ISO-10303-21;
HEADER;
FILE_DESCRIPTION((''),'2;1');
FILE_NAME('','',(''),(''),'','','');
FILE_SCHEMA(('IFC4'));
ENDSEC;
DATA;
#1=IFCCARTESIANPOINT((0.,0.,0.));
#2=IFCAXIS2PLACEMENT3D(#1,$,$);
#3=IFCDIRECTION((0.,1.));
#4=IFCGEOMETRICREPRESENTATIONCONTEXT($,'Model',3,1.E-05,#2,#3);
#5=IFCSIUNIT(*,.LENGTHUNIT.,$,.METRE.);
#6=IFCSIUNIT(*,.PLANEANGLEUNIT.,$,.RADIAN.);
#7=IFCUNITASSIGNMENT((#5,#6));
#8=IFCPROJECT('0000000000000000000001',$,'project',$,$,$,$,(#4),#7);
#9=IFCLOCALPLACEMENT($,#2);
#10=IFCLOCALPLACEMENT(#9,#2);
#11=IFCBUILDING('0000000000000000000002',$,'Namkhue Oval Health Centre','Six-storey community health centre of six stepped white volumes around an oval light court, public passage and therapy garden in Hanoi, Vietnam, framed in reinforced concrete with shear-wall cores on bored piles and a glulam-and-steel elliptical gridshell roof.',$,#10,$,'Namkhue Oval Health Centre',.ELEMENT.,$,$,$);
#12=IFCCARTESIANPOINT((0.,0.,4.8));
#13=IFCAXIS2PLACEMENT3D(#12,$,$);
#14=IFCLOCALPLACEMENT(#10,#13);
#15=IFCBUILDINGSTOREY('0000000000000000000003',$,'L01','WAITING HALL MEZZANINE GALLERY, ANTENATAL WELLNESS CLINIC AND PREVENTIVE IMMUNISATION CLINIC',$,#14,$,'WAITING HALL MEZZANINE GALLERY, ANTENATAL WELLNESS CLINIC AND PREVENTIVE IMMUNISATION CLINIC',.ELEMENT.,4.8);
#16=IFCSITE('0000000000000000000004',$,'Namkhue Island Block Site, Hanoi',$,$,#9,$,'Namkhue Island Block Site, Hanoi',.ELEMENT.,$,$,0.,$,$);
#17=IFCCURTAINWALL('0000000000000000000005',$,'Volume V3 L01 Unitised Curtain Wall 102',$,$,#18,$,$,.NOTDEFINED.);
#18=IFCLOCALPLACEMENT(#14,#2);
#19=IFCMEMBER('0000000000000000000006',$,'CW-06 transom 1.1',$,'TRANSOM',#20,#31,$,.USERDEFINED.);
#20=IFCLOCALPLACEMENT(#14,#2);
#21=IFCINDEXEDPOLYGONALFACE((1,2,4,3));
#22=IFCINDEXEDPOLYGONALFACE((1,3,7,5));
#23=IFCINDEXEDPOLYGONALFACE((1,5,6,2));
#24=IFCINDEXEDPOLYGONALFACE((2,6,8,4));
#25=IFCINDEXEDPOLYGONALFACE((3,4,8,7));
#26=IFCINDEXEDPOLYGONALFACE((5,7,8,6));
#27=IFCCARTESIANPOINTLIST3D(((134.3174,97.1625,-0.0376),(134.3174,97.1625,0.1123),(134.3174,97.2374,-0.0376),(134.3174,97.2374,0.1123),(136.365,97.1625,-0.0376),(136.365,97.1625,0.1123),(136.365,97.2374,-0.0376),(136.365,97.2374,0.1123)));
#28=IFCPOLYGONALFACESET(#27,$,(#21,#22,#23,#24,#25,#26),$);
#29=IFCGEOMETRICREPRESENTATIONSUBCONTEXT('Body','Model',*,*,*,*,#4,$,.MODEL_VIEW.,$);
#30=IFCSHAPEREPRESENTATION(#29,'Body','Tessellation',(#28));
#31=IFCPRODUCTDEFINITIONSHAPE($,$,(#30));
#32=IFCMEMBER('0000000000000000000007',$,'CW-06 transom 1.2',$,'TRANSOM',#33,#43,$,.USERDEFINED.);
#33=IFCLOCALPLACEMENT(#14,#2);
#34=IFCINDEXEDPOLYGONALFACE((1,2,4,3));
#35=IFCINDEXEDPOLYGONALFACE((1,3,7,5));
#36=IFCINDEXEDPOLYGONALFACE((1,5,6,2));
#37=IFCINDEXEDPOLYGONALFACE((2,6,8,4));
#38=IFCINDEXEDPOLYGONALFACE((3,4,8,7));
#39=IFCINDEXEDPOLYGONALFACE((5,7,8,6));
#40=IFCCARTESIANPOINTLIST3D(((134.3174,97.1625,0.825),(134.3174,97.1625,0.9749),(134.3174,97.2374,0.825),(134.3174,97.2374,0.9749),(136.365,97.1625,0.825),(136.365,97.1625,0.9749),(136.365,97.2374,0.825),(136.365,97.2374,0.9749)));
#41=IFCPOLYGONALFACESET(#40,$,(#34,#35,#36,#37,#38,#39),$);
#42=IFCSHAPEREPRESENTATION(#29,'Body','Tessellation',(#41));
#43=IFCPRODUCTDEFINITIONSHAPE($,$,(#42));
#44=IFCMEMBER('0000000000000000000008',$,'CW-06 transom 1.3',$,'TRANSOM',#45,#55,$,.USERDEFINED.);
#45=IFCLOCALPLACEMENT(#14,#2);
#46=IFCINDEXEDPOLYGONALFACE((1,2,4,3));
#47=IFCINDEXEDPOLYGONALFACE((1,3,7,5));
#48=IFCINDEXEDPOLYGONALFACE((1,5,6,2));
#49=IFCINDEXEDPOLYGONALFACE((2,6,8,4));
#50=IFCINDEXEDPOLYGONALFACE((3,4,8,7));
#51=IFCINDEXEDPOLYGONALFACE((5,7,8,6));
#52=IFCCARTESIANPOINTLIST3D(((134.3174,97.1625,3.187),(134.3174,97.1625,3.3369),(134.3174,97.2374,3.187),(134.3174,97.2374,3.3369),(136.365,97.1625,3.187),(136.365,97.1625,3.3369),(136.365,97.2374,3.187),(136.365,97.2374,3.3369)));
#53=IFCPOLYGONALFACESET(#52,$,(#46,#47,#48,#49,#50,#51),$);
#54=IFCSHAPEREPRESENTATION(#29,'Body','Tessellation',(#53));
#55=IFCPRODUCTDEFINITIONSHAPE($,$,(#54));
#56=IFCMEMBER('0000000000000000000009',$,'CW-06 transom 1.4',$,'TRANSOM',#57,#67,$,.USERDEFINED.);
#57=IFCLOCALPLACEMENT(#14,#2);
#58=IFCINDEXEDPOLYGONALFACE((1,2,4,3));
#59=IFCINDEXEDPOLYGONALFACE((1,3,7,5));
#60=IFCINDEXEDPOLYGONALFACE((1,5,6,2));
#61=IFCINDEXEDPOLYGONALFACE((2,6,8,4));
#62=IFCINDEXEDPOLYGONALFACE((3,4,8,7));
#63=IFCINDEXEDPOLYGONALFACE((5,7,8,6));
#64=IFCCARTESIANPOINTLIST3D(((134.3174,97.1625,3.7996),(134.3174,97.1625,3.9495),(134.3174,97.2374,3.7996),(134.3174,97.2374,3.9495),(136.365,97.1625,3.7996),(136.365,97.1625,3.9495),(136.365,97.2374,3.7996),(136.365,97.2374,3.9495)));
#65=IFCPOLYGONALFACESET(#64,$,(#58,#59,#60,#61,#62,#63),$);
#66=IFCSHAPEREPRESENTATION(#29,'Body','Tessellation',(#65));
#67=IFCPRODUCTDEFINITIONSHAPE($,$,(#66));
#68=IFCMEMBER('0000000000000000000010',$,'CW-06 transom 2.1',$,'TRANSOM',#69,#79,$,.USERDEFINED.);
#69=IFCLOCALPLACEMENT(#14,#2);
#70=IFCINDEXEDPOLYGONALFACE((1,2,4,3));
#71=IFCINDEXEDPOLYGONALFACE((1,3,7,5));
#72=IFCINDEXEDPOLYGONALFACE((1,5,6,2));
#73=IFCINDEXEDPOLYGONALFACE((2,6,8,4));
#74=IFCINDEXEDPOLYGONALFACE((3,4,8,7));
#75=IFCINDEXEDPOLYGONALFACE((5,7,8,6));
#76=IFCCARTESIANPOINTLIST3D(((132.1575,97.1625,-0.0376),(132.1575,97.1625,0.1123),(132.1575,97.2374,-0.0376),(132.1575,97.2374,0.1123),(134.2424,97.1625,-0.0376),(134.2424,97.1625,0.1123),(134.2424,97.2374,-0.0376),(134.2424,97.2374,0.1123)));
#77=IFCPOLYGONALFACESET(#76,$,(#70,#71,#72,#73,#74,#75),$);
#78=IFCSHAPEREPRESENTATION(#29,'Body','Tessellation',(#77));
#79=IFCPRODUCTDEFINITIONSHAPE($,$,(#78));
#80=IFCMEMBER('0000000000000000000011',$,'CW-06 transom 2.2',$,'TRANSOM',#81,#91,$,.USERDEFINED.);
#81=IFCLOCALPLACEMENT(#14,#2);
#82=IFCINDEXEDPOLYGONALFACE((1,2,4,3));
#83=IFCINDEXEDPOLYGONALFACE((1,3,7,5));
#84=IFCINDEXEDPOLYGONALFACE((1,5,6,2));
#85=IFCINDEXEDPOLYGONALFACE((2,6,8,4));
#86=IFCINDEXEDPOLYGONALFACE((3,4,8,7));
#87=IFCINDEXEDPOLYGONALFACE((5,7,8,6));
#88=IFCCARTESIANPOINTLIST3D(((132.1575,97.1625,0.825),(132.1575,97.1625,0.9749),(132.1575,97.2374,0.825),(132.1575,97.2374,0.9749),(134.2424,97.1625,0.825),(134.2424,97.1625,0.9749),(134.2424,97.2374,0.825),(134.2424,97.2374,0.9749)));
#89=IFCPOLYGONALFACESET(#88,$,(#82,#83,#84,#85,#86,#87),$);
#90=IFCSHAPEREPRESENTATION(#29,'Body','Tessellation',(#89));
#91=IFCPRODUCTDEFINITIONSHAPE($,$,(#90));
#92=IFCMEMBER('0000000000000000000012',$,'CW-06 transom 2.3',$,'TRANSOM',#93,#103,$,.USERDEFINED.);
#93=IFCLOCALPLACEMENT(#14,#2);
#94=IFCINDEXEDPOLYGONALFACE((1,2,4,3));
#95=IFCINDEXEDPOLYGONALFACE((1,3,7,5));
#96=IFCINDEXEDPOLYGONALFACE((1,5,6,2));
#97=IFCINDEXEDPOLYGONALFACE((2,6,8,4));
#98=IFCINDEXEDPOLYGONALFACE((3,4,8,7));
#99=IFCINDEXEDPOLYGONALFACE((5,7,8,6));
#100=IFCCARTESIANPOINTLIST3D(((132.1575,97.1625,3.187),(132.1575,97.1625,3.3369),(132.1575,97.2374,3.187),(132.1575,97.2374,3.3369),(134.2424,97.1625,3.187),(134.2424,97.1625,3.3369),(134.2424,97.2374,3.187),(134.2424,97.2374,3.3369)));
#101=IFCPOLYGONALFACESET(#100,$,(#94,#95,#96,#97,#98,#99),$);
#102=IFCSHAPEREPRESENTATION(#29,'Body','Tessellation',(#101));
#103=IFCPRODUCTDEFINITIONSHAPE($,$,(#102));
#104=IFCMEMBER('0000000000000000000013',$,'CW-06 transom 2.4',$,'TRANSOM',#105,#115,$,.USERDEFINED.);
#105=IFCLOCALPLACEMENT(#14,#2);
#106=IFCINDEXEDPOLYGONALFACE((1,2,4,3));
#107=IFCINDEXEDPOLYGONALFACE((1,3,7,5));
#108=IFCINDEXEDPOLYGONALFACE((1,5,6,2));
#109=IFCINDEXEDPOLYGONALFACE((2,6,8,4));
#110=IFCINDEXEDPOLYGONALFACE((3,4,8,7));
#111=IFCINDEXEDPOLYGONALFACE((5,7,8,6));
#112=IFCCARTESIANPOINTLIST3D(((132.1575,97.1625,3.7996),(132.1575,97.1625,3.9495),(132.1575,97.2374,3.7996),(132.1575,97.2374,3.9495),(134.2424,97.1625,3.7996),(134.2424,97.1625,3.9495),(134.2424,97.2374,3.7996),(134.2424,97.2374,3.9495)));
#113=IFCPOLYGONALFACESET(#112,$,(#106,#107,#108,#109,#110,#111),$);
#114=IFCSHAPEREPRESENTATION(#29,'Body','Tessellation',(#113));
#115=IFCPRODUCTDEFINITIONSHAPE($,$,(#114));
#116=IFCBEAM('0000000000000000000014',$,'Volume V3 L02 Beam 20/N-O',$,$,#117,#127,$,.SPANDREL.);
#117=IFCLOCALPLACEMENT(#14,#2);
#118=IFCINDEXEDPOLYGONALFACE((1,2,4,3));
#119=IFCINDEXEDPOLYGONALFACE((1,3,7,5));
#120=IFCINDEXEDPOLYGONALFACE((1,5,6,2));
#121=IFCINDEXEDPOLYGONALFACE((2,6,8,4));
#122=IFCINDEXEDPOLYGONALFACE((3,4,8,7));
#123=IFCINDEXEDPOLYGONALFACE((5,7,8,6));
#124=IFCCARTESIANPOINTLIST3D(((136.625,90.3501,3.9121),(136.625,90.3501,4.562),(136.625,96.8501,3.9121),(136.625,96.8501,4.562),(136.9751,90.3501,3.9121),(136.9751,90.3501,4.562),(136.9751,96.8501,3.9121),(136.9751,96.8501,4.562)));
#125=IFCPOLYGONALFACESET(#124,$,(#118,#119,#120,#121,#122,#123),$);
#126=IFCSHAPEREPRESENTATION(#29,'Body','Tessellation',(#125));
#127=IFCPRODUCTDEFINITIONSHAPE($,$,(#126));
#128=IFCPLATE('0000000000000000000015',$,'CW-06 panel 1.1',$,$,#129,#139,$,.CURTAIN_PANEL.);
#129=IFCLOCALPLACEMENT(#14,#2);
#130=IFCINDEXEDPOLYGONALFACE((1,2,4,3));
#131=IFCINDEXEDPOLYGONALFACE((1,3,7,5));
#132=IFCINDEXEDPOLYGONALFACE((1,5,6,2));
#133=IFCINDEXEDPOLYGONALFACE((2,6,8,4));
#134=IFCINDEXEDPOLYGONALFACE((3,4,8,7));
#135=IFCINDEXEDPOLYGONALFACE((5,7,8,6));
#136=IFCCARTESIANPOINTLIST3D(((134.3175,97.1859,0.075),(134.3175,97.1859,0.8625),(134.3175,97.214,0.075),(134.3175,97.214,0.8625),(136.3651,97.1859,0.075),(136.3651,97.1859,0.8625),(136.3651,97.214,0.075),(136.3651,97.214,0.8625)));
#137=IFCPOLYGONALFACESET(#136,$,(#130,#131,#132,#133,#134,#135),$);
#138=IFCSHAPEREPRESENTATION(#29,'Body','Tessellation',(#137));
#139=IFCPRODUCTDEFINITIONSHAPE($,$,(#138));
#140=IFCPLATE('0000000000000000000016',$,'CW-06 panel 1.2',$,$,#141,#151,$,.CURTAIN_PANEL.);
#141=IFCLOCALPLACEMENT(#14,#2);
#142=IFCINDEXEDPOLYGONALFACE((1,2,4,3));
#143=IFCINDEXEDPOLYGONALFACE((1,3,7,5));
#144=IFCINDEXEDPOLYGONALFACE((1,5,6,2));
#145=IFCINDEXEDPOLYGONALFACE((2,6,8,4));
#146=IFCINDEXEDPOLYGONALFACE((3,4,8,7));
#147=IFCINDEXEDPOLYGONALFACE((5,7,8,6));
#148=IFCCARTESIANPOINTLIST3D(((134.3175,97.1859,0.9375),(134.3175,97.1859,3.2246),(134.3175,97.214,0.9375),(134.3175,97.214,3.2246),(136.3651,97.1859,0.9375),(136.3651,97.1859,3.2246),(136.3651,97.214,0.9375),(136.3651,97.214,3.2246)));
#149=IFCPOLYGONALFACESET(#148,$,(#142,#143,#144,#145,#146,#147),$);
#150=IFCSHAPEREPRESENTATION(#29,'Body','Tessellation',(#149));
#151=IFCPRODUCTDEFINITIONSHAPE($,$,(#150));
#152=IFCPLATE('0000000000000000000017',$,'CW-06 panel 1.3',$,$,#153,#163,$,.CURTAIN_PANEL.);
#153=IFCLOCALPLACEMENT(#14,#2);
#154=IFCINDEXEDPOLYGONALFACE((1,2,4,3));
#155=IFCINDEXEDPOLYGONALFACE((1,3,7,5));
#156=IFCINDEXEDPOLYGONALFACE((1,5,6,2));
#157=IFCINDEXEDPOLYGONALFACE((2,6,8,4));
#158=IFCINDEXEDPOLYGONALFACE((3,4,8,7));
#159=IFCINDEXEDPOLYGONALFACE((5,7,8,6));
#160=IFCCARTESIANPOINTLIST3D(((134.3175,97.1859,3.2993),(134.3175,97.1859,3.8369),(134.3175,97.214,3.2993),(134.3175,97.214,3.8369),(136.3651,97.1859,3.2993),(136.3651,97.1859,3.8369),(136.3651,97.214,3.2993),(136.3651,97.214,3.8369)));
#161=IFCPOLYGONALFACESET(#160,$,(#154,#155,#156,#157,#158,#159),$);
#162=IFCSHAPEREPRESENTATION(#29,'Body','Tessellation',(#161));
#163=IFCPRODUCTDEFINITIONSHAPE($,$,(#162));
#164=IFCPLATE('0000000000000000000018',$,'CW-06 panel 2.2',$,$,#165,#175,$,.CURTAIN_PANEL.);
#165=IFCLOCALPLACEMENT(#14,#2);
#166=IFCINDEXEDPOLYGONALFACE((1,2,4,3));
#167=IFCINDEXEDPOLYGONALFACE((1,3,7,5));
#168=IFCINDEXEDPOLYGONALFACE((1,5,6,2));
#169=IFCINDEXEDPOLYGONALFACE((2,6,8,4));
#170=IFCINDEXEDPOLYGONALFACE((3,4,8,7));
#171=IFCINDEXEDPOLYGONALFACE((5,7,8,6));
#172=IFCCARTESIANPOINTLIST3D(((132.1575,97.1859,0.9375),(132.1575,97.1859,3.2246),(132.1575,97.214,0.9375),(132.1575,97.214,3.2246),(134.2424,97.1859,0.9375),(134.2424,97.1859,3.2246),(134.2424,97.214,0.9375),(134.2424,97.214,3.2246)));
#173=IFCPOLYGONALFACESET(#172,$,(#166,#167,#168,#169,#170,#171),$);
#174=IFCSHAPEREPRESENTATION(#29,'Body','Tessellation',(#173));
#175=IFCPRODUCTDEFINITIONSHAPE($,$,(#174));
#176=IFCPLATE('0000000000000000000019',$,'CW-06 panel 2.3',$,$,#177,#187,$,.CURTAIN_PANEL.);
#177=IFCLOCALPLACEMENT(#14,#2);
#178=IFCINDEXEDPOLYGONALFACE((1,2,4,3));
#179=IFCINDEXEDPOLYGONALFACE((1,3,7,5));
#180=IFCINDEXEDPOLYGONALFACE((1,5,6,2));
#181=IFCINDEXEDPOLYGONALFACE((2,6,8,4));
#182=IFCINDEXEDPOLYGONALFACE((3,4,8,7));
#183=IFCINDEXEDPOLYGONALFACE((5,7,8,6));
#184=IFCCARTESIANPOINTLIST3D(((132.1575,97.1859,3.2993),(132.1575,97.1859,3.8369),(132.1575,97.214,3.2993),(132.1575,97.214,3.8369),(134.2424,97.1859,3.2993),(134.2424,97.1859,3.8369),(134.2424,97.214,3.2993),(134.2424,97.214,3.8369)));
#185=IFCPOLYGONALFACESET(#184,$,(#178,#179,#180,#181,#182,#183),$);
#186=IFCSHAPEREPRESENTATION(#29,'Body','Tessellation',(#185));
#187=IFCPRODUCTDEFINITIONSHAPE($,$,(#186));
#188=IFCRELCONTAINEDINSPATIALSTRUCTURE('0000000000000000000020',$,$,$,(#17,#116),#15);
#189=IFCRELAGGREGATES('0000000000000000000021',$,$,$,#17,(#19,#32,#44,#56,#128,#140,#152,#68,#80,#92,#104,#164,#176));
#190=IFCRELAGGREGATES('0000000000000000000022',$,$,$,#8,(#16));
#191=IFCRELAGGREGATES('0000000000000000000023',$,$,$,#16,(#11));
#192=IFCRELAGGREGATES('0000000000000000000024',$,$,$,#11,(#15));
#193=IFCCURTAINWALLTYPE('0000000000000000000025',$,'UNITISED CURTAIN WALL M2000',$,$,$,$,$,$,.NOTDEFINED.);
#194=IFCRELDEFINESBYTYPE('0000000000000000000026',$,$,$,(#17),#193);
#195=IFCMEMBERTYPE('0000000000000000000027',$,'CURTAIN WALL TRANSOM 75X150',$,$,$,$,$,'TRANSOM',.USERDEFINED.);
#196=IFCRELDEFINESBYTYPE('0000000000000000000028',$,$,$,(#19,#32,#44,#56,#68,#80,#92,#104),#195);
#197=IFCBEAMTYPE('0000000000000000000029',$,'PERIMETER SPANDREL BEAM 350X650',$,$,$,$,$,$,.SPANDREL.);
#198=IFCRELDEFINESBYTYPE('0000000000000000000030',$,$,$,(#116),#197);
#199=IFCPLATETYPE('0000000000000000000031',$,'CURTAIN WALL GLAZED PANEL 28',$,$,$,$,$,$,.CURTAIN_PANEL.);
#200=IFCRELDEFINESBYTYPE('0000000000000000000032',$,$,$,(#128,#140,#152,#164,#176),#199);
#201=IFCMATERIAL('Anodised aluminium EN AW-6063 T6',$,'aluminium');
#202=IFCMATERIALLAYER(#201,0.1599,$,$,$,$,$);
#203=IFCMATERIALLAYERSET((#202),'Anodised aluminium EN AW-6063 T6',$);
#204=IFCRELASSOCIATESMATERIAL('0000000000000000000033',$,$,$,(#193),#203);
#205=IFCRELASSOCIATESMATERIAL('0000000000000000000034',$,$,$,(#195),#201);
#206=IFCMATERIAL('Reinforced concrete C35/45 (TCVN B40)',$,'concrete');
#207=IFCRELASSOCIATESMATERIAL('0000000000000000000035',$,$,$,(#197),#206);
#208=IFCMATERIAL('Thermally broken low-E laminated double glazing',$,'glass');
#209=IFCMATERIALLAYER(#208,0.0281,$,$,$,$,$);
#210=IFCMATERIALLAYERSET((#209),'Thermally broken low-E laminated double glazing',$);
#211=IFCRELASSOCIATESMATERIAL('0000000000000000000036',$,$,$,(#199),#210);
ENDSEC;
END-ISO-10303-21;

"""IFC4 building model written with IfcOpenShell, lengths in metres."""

from ifc_helpers import new_model, si_unit, direction, frame, origin, origin_2d, place, context, subcontext, project, spatial, rectangle, extrude, material, layer, layer_set, material_profile, profile_set, type_object, element, aggregate, save


model = new_model("IFC4")

# Units and contexts
model_context = context("Model", 3, precision=1e-05, world=origin(), true_north=direction((0.0, 1.0)))
body_context = subcontext(model_context, "Body", "Model", "MODEL_VIEW")
ifc_project = project(units=[si_unit("LENGTHUNIT", "METRE"), si_unit("PLANEANGLEUNIT", "RADIAN")], contexts=[model_context])

# Site, building, storey
site_placement = place(None, origin())
site = spatial("IfcSite", under=ifc_project, at=site_placement, Name="Namkhue Island Block Site, Hanoi", LongName="Namkhue Island Block Site, Hanoi", CompositionType="ELEMENT", RefElevation=0.0)
building_placement = place(site_placement, origin())
building = spatial("IfcBuilding", under=site, at=building_placement, Name="Namkhue Oval Health Centre", Description="Six-storey community health centre of six stepped white volumes around an oval light court, public passage and therapy garden in Hanoi, Vietnam, framed in reinforced concrete with shear-wall cores on bored piles and a glulam-and-steel elliptical gridshell roof.", LongName="Namkhue Oval Health Centre", CompositionType="ELEMENT")
storey_placement = place(building_placement, frame((0.0, 0.0, 4.8)))
storey = spatial("IfcBuildingStorey", under=building, at=storey_placement, Name="L01", Description="WAITING HALL MEZZANINE GALLERY, ANTENATAL WELLNESS CLINIC AND PREVENTIVE IMMUNISATION CLINIC", LongName="WAITING HALL MEZZANINE GALLERY, ANTENATAL WELLNESS CLINIC AND PREVENTIVE IMMUNISATION CLINIC", CompositionType="ELEMENT", Elevation=4.8)

# Shared definitions
ifc_material_1 = material(Name="Reinforced concrete C35/45 (TCVN B40)", Category="concrete")

# Curtain wall, members
ifc_material_2 = material(Name="Anodised aluminium EN AW-6063 T6", Category="aluminium")
ifc_layer_1 = layer(ifc_material_2, 0.1599)
ifc_layer_set_1 = layer_set([ifc_layer_1], Name="Anodised aluminium EN AW-6063 T6")
curtain_wall_type = type_object("IfcCurtainWallType", Name="UNITISED CURTAIN WALL M2000", PredefinedType="NOTDEFINED", material=ifc_layer_set_1)
curtain_wall_placement = place(storey_placement, origin())
curtain_wall = element("IfcCurtainWall", 1, at=curtain_wall_placement, inside=storey, type_object=curtain_wall_type, Name="Volume V3 L01 Unitised Curtain Wall 102", PredefinedType="NOTDEFINED")
ifc_material_profile_1 = material_profile(ifc_material_2, rectangle(XDim=0.075, YDim=0.1499, at=origin_2d()), Name="ALU 75x150")
ifc_profile_set_1 = profile_set([ifc_material_profile_1], Name="Anodised aluminium EN AW-6063 T6")
member_type_1 = type_object("IfcMemberType", Name="CURTAIN WALL TRANSOM 75X150", ElementType="TRANSOM", PredefinedType="USERDEFINED", material=ifc_profile_set_1)
member_1_placement = place(storey_placement, frame((136.365, 97.2, 0.0374), z_axis=(-1.0, 0.0, 0.0), x_axis=(0.0, -1.0, 0.0)))
member_1 = element("IfcMember", 2, at=member_1_placement, type_object=member_type_1, Name="CW-06 transom 1.1", ObjectType="TRANSOM", PredefinedType="USERDEFINED", context=body_context, shape_type="SweptSolid", body=[
    extrude(rectangle(XDim=0.075, YDim=0.1499, at=origin_2d()), origin(), (0.0, 0.0, 1.0), 2.0476),
])
member_2_placement = place(storey_placement, frame((136.365, 97.2, 0.8999), z_axis=(-1.0, 0.0, 0.0), x_axis=(0.0, -1.0, 0.0)))
member_2 = element("IfcMember", 3, at=member_2_placement, type_object=member_type_1, Name="CW-06 transom 1.2", ObjectType="TRANSOM", PredefinedType="USERDEFINED", context=body_context, shape_type="SweptSolid", body=[
    extrude(rectangle(XDim=0.075, YDim=0.1499, at=origin_2d()), origin(), (0.0, 0.0, 1.0), 2.0476),
])
member_3_placement = place(storey_placement, frame((136.365, 97.2, 3.262), z_axis=(-1.0, 0.0, 0.0), x_axis=(0.0, -1.0, 0.0)))
member_3 = element("IfcMember", 4, at=member_3_placement, type_object=member_type_1, Name="CW-06 transom 1.3", ObjectType="TRANSOM", PredefinedType="USERDEFINED", context=body_context, shape_type="SweptSolid", body=[
    extrude(rectangle(XDim=0.075, YDim=0.1499, at=origin_2d()), origin(), (0.0, 0.0, 1.0), 2.0476),
])
member_4_placement = place(storey_placement, frame((136.365, 97.2, 3.8745), z_axis=(-1.0, 0.0, 0.0), x_axis=(0.0, -1.0, 0.0)))
member_4 = element("IfcMember", 5, at=member_4_placement, type_object=member_type_1, Name="CW-06 transom 1.4", ObjectType="TRANSOM", PredefinedType="USERDEFINED", context=body_context, shape_type="SweptSolid", body=[
    extrude(rectangle(XDim=0.075, YDim=0.1499, at=origin_2d()), origin(), (0.0, 0.0, 1.0), 2.0476),
])
member_5_placement = place(storey_placement, frame((134.2424, 97.2, 0.0374), z_axis=(-1.0, 0.0, 0.0), x_axis=(0.0, -1.0, 0.0)))
member_5 = element("IfcMember", 6, at=member_5_placement, type_object=member_type_1, Name="CW-06 transom 2.1", ObjectType="TRANSOM", PredefinedType="USERDEFINED", context=body_context, shape_type="SweptSolid", body=[
    extrude(rectangle(XDim=0.075, YDim=0.1499, at=origin_2d()), origin(), (0.0, 0.0, 1.0), 2.085),
])
member_6_placement = place(storey_placement, frame((134.2424, 97.2, 0.8999), z_axis=(-1.0, 0.0, 0.0), x_axis=(0.0, -1.0, 0.0)))
member_6 = element("IfcMember", 7, at=member_6_placement, type_object=member_type_1, Name="CW-06 transom 2.2", ObjectType="TRANSOM", PredefinedType="USERDEFINED", context=body_context, shape_type="SweptSolid", body=[
    extrude(rectangle(XDim=0.075, YDim=0.1499, at=origin_2d()), origin(), (0.0, 0.0, 1.0), 2.085),
])
member_7_placement = place(storey_placement, frame((134.2424, 97.2, 3.262), z_axis=(-1.0, 0.0, 0.0), x_axis=(0.0, -1.0, 0.0)))
member_7 = element("IfcMember", 8, at=member_7_placement, type_object=member_type_1, Name="CW-06 transom 2.3", ObjectType="TRANSOM", PredefinedType="USERDEFINED", context=body_context, shape_type="SweptSolid", body=[
    extrude(rectangle(XDim=0.075, YDim=0.1499, at=origin_2d()), origin(), (0.0, 0.0, 1.0), 2.085),
])
member_8_placement = place(storey_placement, frame((134.2424, 97.2, 3.8745), z_axis=(-1.0, 0.0, 0.0), x_axis=(0.0, -1.0, 0.0)))
member_8 = element("IfcMember", 9, at=member_8_placement, type_object=member_type_1, Name="CW-06 transom 2.4", ObjectType="TRANSOM", PredefinedType="USERDEFINED", context=body_context, shape_type="SweptSolid", body=[
    extrude(rectangle(XDim=0.075, YDim=0.1499, at=origin_2d()), origin(), (0.0, 0.0, 1.0), 2.085),
])

# Beam
ifc_material_profile_2 = material_profile(ifc_material_1, rectangle(XDim=0.3501, YDim=0.6499, at=origin_2d()), Name="RC 350x650")
ifc_profile_set_2 = profile_set([ifc_material_profile_2], Name="Reinforced concrete C35/45 (TCVN B40)")
beam_type = type_object("IfcBeamType", Name="PERIMETER SPANDREL BEAM 350X650", PredefinedType="SPANDREL", material=ifc_profile_set_2)
beam_placement = place(storey_placement, frame((136.8, 90.3501, 4.2371), z_axis=(0.0, 1.0, 0.0), x_axis=(-1.0, 0.0, 0.0)))
element("IfcBeam", 10, at=beam_placement, inside=storey, type_object=beam_type, Name="Volume V3 L02 Beam 20/N-O", PredefinedType="SPANDREL", context=body_context, shape_type="SweptSolid", body=[
    extrude(rectangle(XDim=0.3501, YDim=0.6499, at=origin_2d()), origin(), (0.0, 0.0, 1.0), 6.5),
])

# Plates
ifc_material_3 = material(Name="Thermally broken low-E laminated double glazing", Category="glass")
ifc_layer_2 = layer(ifc_material_3, 0.0281)
ifc_layer_set_2 = layer_set([ifc_layer_2], Name="Thermally broken low-E laminated double glazing")
plate_type = type_object("IfcPlateType", Name="CURTAIN WALL GLAZED PANEL 28", PredefinedType="CURTAIN_PANEL", material=ifc_layer_set_2)
plate_1_placement = place(storey_placement, frame((135.3413, 97.2, 0.075), z_axis=(0.0, 0.0, 1.0), x_axis=(-1.0, 0.0, 0.0)))
plate_1 = element("IfcPlate", 11, at=plate_1_placement, type_object=plate_type, Name="CW-06 panel 1.1", PredefinedType="CURTAIN_PANEL", context=body_context, shape_type="SweptSolid", body=[
    extrude(rectangle(XDim=2.0476, YDim=0.0281, at=origin_2d()), origin(), (0.0, 0.0, 1.0), 0.7876),
])
plate_2_placement = place(storey_placement, frame((135.3413, 97.2, 0.9375), z_axis=(0.0, 0.0, 1.0), x_axis=(-1.0, 0.0, 0.0)))
plate_2 = element("IfcPlate", 12, at=plate_2_placement, type_object=plate_type, Name="CW-06 panel 1.2", PredefinedType="CURTAIN_PANEL", context=body_context, shape_type="SweptSolid", body=[
    extrude(rectangle(XDim=2.0476, YDim=0.0281, at=origin_2d()), origin(), (0.0, 0.0, 1.0), 2.2871),
])
plate_3_placement = place(storey_placement, frame((135.3413, 97.2, 3.2993), z_axis=(0.0, 0.0, 1.0), x_axis=(-1.0, 0.0, 0.0)))
plate_3 = element("IfcPlate", 13, at=plate_3_placement, type_object=plate_type, Name="CW-06 panel 1.3", PredefinedType="CURTAIN_PANEL", context=body_context, shape_type="SweptSolid", body=[
    extrude(rectangle(XDim=2.0476, YDim=0.0281, at=origin_2d()), origin(), (0.0, 0.0, 1.0), 0.5376),
])
plate_4_placement = place(storey_placement, frame((133.2, 97.2, 0.9375), z_axis=(0.0, 0.0, 1.0), x_axis=(-1.0, 0.0, 0.0)))
plate_4 = element("IfcPlate", 14, at=plate_4_placement, type_object=plate_type, Name="CW-06 panel 2.2", PredefinedType="CURTAIN_PANEL", context=body_context, shape_type="SweptSolid", body=[
    extrude(rectangle(XDim=2.085, YDim=0.0281, at=origin_2d()), origin(), (0.0, 0.0, 1.0), 2.2871),
])
plate_5_placement = place(storey_placement, frame((133.2, 97.2, 3.2993), z_axis=(0.0, 0.0, 1.0), x_axis=(-1.0, 0.0, 0.0)))
plate_5 = element("IfcPlate", 15, at=plate_5_placement, type_object=plate_type, Name="CW-06 panel 2.3", PredefinedType="CURTAIN_PANEL", context=body_context, shape_type="SweptSolid", body=[
    extrude(rectangle(XDim=2.085, YDim=0.0281, at=origin_2d()), origin(), (0.0, 0.0, 1.0), 0.5376),
])
aggregate(curtain_wall, [member_1, member_2, member_3, member_4, plate_1, plate_2, plate_3, member_5, member_6, member_7, member_8, plate_4, plate_5])

save(model, "model.ifc")
